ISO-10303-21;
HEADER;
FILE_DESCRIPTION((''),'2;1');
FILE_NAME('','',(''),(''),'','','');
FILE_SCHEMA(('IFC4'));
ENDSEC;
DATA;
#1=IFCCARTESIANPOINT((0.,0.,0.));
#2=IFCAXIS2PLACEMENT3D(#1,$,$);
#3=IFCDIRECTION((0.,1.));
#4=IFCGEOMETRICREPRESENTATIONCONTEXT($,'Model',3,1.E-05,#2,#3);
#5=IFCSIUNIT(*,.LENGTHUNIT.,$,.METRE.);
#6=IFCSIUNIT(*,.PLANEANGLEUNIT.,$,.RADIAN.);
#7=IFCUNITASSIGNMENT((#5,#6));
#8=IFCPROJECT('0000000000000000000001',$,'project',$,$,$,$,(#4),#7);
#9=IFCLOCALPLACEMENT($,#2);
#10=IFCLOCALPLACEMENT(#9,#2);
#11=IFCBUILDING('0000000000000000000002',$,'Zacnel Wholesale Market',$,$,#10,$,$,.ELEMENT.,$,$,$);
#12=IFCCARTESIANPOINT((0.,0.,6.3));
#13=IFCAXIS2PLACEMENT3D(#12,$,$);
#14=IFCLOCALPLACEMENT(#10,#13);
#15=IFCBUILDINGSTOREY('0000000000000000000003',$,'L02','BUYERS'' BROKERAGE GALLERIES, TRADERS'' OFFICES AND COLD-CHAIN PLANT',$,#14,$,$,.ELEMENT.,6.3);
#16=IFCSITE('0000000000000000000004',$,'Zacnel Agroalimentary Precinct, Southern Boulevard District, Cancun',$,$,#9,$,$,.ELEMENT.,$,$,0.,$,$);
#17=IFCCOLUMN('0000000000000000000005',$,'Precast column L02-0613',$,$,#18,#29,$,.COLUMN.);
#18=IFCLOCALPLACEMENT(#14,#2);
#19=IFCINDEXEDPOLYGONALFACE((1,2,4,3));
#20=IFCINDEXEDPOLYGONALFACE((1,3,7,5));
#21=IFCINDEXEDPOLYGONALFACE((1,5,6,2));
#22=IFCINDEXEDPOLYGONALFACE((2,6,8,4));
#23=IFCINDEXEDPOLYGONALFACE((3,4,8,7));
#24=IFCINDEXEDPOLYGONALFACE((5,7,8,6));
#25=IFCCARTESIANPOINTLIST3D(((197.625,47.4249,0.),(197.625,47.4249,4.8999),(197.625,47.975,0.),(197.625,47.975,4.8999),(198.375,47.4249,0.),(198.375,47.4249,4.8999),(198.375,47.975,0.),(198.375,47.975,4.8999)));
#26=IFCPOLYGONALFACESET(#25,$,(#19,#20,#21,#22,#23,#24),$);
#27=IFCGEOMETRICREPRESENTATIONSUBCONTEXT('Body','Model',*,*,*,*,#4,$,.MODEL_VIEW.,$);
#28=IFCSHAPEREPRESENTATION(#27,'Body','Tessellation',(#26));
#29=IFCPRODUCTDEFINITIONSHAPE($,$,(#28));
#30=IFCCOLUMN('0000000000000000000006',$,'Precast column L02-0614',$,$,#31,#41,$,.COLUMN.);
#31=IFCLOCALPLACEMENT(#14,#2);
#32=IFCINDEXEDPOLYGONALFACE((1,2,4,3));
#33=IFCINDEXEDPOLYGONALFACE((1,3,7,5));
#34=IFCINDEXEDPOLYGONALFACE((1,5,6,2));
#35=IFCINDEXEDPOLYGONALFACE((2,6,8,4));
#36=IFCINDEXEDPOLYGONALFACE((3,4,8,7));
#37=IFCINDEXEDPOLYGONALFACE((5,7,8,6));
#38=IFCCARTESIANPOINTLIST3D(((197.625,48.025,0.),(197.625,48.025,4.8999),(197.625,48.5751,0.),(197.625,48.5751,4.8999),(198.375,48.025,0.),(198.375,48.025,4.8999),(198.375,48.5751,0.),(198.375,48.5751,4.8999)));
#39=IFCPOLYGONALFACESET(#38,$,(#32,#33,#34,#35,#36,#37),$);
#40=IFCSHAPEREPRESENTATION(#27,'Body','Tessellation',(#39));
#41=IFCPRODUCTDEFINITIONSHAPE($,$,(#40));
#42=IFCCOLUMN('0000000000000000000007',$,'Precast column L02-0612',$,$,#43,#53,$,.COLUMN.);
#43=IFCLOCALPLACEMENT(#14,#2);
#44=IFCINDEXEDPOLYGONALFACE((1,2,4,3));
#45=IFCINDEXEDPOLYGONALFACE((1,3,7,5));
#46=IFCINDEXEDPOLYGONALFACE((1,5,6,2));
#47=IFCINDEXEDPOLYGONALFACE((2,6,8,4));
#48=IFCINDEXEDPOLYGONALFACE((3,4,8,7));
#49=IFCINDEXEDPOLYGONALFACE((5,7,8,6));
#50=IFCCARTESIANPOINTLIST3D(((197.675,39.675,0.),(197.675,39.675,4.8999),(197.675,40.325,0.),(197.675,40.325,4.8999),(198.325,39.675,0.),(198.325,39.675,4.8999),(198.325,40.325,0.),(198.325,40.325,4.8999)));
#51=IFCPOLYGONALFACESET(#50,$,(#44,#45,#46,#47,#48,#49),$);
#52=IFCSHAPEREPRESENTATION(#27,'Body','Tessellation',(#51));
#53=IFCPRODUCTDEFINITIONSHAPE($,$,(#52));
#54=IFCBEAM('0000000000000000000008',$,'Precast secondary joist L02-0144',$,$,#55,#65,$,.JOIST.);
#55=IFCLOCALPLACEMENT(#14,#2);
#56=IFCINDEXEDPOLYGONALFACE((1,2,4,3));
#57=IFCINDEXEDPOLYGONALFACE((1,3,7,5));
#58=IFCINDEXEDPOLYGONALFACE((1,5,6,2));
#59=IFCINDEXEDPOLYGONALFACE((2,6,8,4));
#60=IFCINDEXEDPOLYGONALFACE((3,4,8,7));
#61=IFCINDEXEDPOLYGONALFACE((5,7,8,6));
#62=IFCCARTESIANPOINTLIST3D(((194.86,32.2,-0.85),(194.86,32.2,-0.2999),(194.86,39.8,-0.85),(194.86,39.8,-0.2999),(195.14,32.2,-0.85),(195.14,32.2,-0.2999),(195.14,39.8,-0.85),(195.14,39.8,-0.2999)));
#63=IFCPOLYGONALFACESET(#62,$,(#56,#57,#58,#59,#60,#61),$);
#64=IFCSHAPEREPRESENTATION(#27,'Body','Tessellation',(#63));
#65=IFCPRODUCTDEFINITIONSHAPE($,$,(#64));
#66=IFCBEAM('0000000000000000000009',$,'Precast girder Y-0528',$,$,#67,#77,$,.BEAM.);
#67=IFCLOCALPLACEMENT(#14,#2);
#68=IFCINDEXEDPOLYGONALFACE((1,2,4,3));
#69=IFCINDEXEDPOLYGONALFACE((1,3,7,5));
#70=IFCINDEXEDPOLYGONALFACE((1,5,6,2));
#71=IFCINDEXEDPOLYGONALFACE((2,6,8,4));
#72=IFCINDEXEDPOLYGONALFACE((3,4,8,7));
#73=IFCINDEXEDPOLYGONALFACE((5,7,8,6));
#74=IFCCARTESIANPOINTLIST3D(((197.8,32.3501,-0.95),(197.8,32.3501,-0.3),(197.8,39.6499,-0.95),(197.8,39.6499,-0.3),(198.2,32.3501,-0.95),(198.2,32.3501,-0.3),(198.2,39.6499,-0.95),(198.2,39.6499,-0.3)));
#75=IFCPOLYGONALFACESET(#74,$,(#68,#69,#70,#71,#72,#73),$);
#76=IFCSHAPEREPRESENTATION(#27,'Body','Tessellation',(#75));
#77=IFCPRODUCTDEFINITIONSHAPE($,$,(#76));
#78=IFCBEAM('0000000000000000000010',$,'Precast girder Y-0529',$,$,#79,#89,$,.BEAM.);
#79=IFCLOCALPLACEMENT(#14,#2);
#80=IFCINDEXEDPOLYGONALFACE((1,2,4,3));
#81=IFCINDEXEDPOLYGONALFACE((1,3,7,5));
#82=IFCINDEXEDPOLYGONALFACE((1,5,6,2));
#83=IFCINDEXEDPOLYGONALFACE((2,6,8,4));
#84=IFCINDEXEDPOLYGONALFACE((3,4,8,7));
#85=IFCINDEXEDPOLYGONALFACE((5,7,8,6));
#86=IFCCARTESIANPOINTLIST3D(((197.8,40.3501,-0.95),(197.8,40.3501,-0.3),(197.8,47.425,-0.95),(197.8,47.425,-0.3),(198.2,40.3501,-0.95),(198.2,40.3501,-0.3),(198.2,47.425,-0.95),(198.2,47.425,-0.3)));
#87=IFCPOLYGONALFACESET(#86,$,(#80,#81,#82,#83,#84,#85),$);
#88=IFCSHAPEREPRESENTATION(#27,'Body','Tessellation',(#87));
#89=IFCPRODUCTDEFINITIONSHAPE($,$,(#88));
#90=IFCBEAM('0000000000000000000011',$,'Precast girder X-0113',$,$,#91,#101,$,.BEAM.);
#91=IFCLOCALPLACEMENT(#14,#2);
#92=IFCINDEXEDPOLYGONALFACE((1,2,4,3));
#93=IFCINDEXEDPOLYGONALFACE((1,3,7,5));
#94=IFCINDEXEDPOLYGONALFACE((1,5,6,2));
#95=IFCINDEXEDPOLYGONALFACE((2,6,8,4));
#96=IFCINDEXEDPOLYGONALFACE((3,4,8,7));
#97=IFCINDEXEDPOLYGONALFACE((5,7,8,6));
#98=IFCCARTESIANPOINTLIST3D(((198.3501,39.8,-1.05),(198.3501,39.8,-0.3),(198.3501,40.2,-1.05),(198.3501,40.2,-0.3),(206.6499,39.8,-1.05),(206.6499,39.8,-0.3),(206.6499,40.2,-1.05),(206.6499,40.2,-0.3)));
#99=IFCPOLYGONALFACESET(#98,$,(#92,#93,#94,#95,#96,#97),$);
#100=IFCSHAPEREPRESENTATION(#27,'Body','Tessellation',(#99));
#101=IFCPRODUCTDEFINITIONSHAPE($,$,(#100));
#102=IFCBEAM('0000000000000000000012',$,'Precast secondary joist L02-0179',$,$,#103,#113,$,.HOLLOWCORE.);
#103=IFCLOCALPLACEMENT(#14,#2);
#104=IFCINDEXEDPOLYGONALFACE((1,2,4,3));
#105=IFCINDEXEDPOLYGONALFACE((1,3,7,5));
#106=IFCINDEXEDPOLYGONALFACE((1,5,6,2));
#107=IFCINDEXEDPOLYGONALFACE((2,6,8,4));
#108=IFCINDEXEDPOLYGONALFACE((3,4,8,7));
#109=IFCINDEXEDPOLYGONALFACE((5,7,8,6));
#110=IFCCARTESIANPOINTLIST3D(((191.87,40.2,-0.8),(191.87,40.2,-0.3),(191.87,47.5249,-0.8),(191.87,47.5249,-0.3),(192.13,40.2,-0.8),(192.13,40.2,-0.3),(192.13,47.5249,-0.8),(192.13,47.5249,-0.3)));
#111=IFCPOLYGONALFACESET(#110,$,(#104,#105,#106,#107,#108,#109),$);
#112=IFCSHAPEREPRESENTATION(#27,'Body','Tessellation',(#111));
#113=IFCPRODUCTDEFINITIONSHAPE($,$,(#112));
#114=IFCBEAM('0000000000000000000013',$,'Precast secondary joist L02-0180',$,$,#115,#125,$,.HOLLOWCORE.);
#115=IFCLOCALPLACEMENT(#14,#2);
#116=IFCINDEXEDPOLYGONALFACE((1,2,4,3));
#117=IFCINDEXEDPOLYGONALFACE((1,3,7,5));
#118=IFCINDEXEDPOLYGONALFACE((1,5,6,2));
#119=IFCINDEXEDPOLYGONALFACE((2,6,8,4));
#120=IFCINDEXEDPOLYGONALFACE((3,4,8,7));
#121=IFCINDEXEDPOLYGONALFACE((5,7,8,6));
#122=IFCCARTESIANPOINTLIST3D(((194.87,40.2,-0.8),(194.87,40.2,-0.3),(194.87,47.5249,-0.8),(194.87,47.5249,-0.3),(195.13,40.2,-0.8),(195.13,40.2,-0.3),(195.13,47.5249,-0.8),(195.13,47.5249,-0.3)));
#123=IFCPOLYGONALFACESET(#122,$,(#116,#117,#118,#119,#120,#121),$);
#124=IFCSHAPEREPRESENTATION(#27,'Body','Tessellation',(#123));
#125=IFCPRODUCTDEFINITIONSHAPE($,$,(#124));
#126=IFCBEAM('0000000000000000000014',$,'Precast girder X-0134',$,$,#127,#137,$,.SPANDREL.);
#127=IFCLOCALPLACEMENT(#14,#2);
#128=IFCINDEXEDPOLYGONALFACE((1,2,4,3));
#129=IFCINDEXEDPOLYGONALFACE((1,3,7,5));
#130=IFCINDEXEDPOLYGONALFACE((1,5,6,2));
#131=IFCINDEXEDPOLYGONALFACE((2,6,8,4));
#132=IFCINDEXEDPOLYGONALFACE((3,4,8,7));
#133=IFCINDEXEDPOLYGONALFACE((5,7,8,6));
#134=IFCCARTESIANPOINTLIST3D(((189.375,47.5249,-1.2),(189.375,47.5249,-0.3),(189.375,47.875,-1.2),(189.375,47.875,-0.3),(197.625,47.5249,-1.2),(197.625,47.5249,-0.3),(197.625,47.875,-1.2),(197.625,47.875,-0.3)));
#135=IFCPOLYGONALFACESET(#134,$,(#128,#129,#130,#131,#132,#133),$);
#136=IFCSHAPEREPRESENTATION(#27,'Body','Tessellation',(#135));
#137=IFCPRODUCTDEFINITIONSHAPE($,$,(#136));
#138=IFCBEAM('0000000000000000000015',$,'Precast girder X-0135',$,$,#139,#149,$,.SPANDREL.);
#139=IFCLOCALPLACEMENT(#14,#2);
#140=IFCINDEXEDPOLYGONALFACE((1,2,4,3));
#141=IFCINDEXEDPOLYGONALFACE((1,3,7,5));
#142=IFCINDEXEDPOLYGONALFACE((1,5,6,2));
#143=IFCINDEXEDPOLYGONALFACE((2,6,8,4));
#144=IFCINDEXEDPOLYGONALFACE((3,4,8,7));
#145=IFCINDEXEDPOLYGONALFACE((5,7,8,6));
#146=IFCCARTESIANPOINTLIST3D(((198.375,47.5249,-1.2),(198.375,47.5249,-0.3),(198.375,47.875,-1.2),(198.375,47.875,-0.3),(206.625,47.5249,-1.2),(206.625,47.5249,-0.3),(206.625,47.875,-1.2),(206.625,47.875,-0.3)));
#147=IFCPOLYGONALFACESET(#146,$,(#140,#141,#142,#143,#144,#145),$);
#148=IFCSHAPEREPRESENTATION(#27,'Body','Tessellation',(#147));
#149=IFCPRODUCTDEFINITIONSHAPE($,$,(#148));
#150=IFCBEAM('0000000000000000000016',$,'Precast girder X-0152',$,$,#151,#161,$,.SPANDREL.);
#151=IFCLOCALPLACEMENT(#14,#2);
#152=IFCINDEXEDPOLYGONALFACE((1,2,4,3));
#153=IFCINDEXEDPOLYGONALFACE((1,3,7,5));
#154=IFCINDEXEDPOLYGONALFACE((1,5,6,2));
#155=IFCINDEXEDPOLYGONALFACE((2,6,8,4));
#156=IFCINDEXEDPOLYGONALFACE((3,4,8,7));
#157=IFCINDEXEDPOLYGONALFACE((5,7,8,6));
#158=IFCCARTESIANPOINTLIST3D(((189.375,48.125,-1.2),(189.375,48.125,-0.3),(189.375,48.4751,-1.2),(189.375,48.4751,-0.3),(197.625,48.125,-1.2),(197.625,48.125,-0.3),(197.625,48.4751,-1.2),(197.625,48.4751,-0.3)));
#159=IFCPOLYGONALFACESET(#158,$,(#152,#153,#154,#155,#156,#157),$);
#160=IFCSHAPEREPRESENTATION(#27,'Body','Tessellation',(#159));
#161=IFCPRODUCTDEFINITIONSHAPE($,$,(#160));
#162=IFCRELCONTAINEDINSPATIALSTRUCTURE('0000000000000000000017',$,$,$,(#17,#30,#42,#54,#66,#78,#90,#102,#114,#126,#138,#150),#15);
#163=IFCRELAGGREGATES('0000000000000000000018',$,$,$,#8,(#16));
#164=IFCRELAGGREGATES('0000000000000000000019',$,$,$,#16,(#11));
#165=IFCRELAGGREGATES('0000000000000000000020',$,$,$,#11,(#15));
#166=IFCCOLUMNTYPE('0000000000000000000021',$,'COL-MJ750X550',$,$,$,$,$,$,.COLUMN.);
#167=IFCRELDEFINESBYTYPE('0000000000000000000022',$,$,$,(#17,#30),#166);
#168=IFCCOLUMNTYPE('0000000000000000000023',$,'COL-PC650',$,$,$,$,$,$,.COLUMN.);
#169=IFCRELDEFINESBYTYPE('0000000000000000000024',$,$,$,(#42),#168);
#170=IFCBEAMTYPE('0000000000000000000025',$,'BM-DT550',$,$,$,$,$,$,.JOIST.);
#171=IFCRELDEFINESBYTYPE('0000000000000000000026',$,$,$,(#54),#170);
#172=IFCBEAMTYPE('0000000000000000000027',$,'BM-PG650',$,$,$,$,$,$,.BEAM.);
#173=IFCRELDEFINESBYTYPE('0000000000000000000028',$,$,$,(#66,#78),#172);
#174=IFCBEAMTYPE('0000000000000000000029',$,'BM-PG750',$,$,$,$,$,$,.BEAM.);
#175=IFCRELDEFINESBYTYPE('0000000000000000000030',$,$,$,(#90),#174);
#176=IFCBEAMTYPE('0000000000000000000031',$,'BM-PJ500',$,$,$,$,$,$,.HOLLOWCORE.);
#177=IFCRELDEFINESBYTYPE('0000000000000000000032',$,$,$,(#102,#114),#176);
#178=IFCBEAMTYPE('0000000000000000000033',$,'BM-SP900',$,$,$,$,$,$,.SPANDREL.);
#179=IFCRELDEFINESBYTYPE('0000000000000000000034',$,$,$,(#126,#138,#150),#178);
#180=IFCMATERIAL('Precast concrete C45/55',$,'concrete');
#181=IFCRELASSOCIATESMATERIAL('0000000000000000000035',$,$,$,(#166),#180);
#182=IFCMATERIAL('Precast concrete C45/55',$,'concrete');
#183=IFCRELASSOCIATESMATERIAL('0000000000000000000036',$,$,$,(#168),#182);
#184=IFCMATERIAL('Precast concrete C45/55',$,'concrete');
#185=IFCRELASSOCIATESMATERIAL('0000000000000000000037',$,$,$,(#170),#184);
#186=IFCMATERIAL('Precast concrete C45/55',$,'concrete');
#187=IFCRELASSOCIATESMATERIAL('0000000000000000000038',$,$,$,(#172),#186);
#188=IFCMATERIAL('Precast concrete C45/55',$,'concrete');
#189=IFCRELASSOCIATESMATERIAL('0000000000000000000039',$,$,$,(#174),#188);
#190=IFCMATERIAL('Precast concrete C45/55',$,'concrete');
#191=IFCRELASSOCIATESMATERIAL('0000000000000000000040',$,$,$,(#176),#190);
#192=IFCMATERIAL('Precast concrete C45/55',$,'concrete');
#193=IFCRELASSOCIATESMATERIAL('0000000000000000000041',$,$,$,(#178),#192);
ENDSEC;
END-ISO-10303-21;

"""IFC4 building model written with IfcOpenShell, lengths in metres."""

from ifc_helpers import new_model, si_unit, direction, frame, origin, origin_2d, place, context, subcontext, project, spatial, rectangle, extrude, material, material_profile, profile_set, type_object, element, save


model = new_model("IFC4")

# Units and contexts
model_context = context("Model", 3, precision=1e-05, world=origin(), true_north=direction((0.0, 1.0)))
body_context = subcontext(model_context, "Body", "Model", "MODEL_VIEW")
ifc_project = project(units=[si_unit("LENGTHUNIT", "METRE"), si_unit("PLANEANGLEUNIT", "RADIAN")], contexts=[model_context])

# Site, building, storey
site_placement = place(None, origin())
site = spatial("IfcSite", under=ifc_project, at=site_placement, Name="Zacnel Agroalimentary Precinct, Southern Boulevard District, Cancun", CompositionType="ELEMENT", RefElevation=0.0)
building_placement = place(site_placement, origin())
building = spatial("IfcBuilding", under=site, at=building_placement, Name="Zacnel Wholesale Market", CompositionType="ELEMENT")
storey_placement = place(building_placement, frame((0.0, 0.0, 6.3)))
storey = spatial("IfcBuildingStorey", under=building, at=storey_placement, Name="L02", Description="BUYERS' BROKERAGE GALLERIES, TRADERS' OFFICES AND COLD-CHAIN PLANT", CompositionType="ELEMENT", Elevation=6.3)

# Columns
ifc_material_1 = material(Name="Precast concrete C45/55", Category="concrete")
ifc_material_profile_1 = material_profile(ifc_material_1, rectangle(XDim=0.75, YDim=0.55, at=origin_2d()), Name="PC 750x550")
ifc_profile_set_1 = profile_set([ifc_material_profile_1], Name="Precast concrete C45/55")
column_type_1 = type_object("IfcColumnType", Name="COL-MJ750X550", PredefinedType="COLUMN", material=ifc_profile_set_1)
for number, where, z_axis, x_axis, name in (
    (1, (198.0, 47.7, 0.0), (0.0, 0.0, 1.0), (1.0, 0.0, 0.0), "Precast column L02-0613"),
    (2, (198.0, 48.3, 0.0), (0.0, 0.0, 1.0), (1.0, 0.0, 0.0), "Precast column L02-0614"),
):
    element("IfcColumn", number, at=place(storey_placement, frame(where, z_axis=z_axis, x_axis=x_axis)), inside=storey, type_object=column_type_1, Name=name, PredefinedType="COLUMN", context=body_context, shape_type="SweptSolid", body=[
        extrude(rectangle(XDim=0.75, YDim=0.55, at=origin_2d()), origin(), (0.0, 0.0, 1.0), 4.8999),
    ])
ifc_material_2 = material(Name="Precast concrete C45/55", Category="concrete")
ifc_material_profile_2 = material_profile(ifc_material_2, rectangle(XDim=0.6499, YDim=0.6499, at=origin_2d()), Name="PC 650x650")
ifc_profile_set_2 = profile_set([ifc_material_profile_2], Name="Precast concrete C45/55")
column_type_2 = type_object("IfcColumnType", Name="COL-PC650", PredefinedType="COLUMN", material=ifc_profile_set_2)
column_placement = place(storey_placement, frame((198.0, 40.0, 0.0), z_axis=(0.0, 0.0, 1.0), x_axis=(1.0, 0.0, 0.0)))
element("IfcColumn", 3, at=column_placement, inside=storey, type_object=column_type_2, Name="Precast column L02-0612", PredefinedType="COLUMN", context=body_context, shape_type="SweptSolid", body=[
    extrude(rectangle(XDim=0.6499, YDim=0.6499, at=origin_2d()), origin(), (0.0, 0.0, 1.0), 4.8999),
])

# Beams
ifc_material_3 = material(Name="Precast concrete C45/55", Category="concrete")
ifc_material_profile_3 = material_profile(ifc_material_3, rectangle(XDim=0.28, YDim=0.55, at=origin_2d()), Name="DT RIB 280x550")
ifc_profile_set_3 = profile_set([ifc_material_profile_3], Name="Precast concrete C45/55")
beam_type_1 = type_object("IfcBeamType", Name="BM-DT550", PredefinedType="JOIST", material=ifc_profile_set_3)
beam_1_placement = place(storey_placement, frame((195.0, 32.2, -0.575), z_axis=(0.0, 1.0, 0.0), x_axis=(-1.0, 0.0, 0.0)))
element("IfcBeam", 4, at=beam_1_placement, inside=storey, type_object=beam_type_1, Name="Precast secondary joist L02-0144", PredefinedType="JOIST", context=body_context, shape_type="SweptSolid", body=[
    extrude(rectangle(XDim=0.28, YDim=0.55, at=origin_2d()), origin(), (0.0, 0.0, 1.0), 7.6001),
])
ifc_material_4 = material(Name="Precast concrete C45/55", Category="concrete")
ifc_material_profile_4 = material_profile(ifc_material_4, rectangle(XDim=0.3999, YDim=0.6499, at=origin_2d()), Name="PG 400x650")
ifc_profile_set_4 = profile_set([ifc_material_profile_4], Name="Precast concrete C45/55")
beam_type_2 = type_object("IfcBeamType", Name="BM-PG650", PredefinedType="BEAM", material=ifc_profile_set_4)
beam_2_placement = place(storey_placement, frame((198.0, 32.3501, -0.625), z_axis=(0.0, 1.0, 0.0), x_axis=(-1.0, 0.0, 0.0)))
element("IfcBeam", 5, at=beam_2_placement, inside=storey, type_object=beam_type_2, Name="Precast girder Y-0528", PredefinedType="BEAM", context=body_context, shape_type="SweptSolid", body=[
    extrude(rectangle(XDim=0.3999, YDim=0.6499, at=origin_2d()), origin(), (0.0, 0.0, 1.0), 7.2998),
])
beam_3_placement = place(storey_placement, frame((198.0, 40.3501, -0.625), z_axis=(0.0, 1.0, 0.0), x_axis=(-1.0, 0.0, 0.0)))
element("IfcBeam", 6, at=beam_3_placement, inside=storey, type_object=beam_type_2, Name="Precast girder Y-0529", PredefinedType="BEAM", context=body_context, shape_type="SweptSolid", body=[
    extrude(rectangle(XDim=0.3999, YDim=0.6499, at=origin_2d()), origin(), (0.0, 0.0, 1.0), 7.075),
])
ifc_material_5 = material(Name="Precast concrete C45/55", Category="concrete")
ifc_material_profile_5 = material_profile(ifc_material_5, rectangle(XDim=0.3999, YDim=0.75, at=origin_2d()), Name="PG 400x750")
ifc_profile_set_5 = profile_set([ifc_material_profile_5], Name="Precast concrete C45/55")
beam_type_3 = type_object("IfcBeamType", Name="BM-PG750", PredefinedType="BEAM", material=ifc_profile_set_5)
beam_4_placement = place(storey_placement, frame((198.3501, 40.0, -0.675), z_axis=(1.0, 0.0, 0.0), x_axis=(0.0, 1.0, 0.0)))
element("IfcBeam", 7, at=beam_4_placement, inside=storey, type_object=beam_type_3, Name="Precast girder X-0113", PredefinedType="BEAM", context=body_context, shape_type="SweptSolid", body=[
    extrude(rectangle(XDim=0.3999, YDim=0.75, at=origin_2d()), origin(), (0.0, 0.0, 1.0), 8.2998),
])
ifc_material_6 = material(Name="Precast concrete C45/55", Category="concrete")
ifc_material_profile_6 = material_profile(ifc_material_6, rectangle(XDim=0.26, YDim=0.5, at=origin_2d()), Name="PJ 260x500")
ifc_profile_set_6 = profile_set([ifc_material_profile_6], Name="Precast concrete C45/55")
beam_type_4 = type_object("IfcBeamType", Name="BM-PJ500", PredefinedType="HOLLOWCORE", material=ifc_profile_set_6)
for number, where, z_axis, x_axis, name in (
    (8, (192.0, 40.2, -0.55), (0.0, 1.0, 0.0), (-1.0, 0.0, 0.0), "Precast secondary joist L02-0179"),
    (9, (195.0, 40.2, -0.55), (0.0, 1.0, 0.0), (-1.0, 0.0, 0.0), "Precast secondary joist L02-0180"),
):
    element("IfcBeam", number, at=place(storey_placement, frame(where, z_axis=z_axis, x_axis=x_axis)), inside=storey, type_object=beam_type_4, Name=name, PredefinedType="HOLLOWCORE", context=body_context, shape_type="SweptSolid", body=[
        extrude(rectangle(XDim=0.26, YDim=0.5, at=origin_2d()), origin(), (0.0, 0.0, 1.0), 7.325),
    ])
ifc_material_7 = material(Name="Precast concrete C45/55", Category="concrete")
ifc_material_profile_7 = material_profile(ifc_material_7, rectangle(XDim=0.3501, YDim=0.8999, at=origin_2d()), Name="SP 350x900")
ifc_profile_set_7 = profile_set([ifc_material_profile_7], Name="Precast concrete C45/55")
beam_type_5 = type_object("IfcBeamType", Name="BM-SP900", PredefinedType="SPANDREL", material=ifc_profile_set_7)
for number, where, z_axis, x_axis, name in (
    (10, (189.375, 47.7, -0.75), (1.0, 0.0, 0.0), (0.0, 1.0, 0.0), "Precast girder X-0134"),
    (11, (198.375, 47.7, -0.75), (1.0, 0.0, 0.0), (0.0, 1.0, 0.0), "Precast girder X-0135"),
    (12, (189.375, 48.3, -0.75), (1.0, 0.0, 0.0), (0.0, 1.0, 0.0), "Precast girder X-0152"),
):
    element("IfcBeam", number, at=place(storey_placement, frame(where, z_axis=z_axis, x_axis=x_axis)), inside=storey, type_object=beam_type_5, Name=name, PredefinedType="SPANDREL", context=body_context, shape_type="SweptSolid", body=[
        extrude(rectangle(XDim=0.3501, YDim=0.8999, at=origin_2d()), origin(), (0.0, 0.0, 1.0), 8.25),
    ])

save(model, "model.ifc")
